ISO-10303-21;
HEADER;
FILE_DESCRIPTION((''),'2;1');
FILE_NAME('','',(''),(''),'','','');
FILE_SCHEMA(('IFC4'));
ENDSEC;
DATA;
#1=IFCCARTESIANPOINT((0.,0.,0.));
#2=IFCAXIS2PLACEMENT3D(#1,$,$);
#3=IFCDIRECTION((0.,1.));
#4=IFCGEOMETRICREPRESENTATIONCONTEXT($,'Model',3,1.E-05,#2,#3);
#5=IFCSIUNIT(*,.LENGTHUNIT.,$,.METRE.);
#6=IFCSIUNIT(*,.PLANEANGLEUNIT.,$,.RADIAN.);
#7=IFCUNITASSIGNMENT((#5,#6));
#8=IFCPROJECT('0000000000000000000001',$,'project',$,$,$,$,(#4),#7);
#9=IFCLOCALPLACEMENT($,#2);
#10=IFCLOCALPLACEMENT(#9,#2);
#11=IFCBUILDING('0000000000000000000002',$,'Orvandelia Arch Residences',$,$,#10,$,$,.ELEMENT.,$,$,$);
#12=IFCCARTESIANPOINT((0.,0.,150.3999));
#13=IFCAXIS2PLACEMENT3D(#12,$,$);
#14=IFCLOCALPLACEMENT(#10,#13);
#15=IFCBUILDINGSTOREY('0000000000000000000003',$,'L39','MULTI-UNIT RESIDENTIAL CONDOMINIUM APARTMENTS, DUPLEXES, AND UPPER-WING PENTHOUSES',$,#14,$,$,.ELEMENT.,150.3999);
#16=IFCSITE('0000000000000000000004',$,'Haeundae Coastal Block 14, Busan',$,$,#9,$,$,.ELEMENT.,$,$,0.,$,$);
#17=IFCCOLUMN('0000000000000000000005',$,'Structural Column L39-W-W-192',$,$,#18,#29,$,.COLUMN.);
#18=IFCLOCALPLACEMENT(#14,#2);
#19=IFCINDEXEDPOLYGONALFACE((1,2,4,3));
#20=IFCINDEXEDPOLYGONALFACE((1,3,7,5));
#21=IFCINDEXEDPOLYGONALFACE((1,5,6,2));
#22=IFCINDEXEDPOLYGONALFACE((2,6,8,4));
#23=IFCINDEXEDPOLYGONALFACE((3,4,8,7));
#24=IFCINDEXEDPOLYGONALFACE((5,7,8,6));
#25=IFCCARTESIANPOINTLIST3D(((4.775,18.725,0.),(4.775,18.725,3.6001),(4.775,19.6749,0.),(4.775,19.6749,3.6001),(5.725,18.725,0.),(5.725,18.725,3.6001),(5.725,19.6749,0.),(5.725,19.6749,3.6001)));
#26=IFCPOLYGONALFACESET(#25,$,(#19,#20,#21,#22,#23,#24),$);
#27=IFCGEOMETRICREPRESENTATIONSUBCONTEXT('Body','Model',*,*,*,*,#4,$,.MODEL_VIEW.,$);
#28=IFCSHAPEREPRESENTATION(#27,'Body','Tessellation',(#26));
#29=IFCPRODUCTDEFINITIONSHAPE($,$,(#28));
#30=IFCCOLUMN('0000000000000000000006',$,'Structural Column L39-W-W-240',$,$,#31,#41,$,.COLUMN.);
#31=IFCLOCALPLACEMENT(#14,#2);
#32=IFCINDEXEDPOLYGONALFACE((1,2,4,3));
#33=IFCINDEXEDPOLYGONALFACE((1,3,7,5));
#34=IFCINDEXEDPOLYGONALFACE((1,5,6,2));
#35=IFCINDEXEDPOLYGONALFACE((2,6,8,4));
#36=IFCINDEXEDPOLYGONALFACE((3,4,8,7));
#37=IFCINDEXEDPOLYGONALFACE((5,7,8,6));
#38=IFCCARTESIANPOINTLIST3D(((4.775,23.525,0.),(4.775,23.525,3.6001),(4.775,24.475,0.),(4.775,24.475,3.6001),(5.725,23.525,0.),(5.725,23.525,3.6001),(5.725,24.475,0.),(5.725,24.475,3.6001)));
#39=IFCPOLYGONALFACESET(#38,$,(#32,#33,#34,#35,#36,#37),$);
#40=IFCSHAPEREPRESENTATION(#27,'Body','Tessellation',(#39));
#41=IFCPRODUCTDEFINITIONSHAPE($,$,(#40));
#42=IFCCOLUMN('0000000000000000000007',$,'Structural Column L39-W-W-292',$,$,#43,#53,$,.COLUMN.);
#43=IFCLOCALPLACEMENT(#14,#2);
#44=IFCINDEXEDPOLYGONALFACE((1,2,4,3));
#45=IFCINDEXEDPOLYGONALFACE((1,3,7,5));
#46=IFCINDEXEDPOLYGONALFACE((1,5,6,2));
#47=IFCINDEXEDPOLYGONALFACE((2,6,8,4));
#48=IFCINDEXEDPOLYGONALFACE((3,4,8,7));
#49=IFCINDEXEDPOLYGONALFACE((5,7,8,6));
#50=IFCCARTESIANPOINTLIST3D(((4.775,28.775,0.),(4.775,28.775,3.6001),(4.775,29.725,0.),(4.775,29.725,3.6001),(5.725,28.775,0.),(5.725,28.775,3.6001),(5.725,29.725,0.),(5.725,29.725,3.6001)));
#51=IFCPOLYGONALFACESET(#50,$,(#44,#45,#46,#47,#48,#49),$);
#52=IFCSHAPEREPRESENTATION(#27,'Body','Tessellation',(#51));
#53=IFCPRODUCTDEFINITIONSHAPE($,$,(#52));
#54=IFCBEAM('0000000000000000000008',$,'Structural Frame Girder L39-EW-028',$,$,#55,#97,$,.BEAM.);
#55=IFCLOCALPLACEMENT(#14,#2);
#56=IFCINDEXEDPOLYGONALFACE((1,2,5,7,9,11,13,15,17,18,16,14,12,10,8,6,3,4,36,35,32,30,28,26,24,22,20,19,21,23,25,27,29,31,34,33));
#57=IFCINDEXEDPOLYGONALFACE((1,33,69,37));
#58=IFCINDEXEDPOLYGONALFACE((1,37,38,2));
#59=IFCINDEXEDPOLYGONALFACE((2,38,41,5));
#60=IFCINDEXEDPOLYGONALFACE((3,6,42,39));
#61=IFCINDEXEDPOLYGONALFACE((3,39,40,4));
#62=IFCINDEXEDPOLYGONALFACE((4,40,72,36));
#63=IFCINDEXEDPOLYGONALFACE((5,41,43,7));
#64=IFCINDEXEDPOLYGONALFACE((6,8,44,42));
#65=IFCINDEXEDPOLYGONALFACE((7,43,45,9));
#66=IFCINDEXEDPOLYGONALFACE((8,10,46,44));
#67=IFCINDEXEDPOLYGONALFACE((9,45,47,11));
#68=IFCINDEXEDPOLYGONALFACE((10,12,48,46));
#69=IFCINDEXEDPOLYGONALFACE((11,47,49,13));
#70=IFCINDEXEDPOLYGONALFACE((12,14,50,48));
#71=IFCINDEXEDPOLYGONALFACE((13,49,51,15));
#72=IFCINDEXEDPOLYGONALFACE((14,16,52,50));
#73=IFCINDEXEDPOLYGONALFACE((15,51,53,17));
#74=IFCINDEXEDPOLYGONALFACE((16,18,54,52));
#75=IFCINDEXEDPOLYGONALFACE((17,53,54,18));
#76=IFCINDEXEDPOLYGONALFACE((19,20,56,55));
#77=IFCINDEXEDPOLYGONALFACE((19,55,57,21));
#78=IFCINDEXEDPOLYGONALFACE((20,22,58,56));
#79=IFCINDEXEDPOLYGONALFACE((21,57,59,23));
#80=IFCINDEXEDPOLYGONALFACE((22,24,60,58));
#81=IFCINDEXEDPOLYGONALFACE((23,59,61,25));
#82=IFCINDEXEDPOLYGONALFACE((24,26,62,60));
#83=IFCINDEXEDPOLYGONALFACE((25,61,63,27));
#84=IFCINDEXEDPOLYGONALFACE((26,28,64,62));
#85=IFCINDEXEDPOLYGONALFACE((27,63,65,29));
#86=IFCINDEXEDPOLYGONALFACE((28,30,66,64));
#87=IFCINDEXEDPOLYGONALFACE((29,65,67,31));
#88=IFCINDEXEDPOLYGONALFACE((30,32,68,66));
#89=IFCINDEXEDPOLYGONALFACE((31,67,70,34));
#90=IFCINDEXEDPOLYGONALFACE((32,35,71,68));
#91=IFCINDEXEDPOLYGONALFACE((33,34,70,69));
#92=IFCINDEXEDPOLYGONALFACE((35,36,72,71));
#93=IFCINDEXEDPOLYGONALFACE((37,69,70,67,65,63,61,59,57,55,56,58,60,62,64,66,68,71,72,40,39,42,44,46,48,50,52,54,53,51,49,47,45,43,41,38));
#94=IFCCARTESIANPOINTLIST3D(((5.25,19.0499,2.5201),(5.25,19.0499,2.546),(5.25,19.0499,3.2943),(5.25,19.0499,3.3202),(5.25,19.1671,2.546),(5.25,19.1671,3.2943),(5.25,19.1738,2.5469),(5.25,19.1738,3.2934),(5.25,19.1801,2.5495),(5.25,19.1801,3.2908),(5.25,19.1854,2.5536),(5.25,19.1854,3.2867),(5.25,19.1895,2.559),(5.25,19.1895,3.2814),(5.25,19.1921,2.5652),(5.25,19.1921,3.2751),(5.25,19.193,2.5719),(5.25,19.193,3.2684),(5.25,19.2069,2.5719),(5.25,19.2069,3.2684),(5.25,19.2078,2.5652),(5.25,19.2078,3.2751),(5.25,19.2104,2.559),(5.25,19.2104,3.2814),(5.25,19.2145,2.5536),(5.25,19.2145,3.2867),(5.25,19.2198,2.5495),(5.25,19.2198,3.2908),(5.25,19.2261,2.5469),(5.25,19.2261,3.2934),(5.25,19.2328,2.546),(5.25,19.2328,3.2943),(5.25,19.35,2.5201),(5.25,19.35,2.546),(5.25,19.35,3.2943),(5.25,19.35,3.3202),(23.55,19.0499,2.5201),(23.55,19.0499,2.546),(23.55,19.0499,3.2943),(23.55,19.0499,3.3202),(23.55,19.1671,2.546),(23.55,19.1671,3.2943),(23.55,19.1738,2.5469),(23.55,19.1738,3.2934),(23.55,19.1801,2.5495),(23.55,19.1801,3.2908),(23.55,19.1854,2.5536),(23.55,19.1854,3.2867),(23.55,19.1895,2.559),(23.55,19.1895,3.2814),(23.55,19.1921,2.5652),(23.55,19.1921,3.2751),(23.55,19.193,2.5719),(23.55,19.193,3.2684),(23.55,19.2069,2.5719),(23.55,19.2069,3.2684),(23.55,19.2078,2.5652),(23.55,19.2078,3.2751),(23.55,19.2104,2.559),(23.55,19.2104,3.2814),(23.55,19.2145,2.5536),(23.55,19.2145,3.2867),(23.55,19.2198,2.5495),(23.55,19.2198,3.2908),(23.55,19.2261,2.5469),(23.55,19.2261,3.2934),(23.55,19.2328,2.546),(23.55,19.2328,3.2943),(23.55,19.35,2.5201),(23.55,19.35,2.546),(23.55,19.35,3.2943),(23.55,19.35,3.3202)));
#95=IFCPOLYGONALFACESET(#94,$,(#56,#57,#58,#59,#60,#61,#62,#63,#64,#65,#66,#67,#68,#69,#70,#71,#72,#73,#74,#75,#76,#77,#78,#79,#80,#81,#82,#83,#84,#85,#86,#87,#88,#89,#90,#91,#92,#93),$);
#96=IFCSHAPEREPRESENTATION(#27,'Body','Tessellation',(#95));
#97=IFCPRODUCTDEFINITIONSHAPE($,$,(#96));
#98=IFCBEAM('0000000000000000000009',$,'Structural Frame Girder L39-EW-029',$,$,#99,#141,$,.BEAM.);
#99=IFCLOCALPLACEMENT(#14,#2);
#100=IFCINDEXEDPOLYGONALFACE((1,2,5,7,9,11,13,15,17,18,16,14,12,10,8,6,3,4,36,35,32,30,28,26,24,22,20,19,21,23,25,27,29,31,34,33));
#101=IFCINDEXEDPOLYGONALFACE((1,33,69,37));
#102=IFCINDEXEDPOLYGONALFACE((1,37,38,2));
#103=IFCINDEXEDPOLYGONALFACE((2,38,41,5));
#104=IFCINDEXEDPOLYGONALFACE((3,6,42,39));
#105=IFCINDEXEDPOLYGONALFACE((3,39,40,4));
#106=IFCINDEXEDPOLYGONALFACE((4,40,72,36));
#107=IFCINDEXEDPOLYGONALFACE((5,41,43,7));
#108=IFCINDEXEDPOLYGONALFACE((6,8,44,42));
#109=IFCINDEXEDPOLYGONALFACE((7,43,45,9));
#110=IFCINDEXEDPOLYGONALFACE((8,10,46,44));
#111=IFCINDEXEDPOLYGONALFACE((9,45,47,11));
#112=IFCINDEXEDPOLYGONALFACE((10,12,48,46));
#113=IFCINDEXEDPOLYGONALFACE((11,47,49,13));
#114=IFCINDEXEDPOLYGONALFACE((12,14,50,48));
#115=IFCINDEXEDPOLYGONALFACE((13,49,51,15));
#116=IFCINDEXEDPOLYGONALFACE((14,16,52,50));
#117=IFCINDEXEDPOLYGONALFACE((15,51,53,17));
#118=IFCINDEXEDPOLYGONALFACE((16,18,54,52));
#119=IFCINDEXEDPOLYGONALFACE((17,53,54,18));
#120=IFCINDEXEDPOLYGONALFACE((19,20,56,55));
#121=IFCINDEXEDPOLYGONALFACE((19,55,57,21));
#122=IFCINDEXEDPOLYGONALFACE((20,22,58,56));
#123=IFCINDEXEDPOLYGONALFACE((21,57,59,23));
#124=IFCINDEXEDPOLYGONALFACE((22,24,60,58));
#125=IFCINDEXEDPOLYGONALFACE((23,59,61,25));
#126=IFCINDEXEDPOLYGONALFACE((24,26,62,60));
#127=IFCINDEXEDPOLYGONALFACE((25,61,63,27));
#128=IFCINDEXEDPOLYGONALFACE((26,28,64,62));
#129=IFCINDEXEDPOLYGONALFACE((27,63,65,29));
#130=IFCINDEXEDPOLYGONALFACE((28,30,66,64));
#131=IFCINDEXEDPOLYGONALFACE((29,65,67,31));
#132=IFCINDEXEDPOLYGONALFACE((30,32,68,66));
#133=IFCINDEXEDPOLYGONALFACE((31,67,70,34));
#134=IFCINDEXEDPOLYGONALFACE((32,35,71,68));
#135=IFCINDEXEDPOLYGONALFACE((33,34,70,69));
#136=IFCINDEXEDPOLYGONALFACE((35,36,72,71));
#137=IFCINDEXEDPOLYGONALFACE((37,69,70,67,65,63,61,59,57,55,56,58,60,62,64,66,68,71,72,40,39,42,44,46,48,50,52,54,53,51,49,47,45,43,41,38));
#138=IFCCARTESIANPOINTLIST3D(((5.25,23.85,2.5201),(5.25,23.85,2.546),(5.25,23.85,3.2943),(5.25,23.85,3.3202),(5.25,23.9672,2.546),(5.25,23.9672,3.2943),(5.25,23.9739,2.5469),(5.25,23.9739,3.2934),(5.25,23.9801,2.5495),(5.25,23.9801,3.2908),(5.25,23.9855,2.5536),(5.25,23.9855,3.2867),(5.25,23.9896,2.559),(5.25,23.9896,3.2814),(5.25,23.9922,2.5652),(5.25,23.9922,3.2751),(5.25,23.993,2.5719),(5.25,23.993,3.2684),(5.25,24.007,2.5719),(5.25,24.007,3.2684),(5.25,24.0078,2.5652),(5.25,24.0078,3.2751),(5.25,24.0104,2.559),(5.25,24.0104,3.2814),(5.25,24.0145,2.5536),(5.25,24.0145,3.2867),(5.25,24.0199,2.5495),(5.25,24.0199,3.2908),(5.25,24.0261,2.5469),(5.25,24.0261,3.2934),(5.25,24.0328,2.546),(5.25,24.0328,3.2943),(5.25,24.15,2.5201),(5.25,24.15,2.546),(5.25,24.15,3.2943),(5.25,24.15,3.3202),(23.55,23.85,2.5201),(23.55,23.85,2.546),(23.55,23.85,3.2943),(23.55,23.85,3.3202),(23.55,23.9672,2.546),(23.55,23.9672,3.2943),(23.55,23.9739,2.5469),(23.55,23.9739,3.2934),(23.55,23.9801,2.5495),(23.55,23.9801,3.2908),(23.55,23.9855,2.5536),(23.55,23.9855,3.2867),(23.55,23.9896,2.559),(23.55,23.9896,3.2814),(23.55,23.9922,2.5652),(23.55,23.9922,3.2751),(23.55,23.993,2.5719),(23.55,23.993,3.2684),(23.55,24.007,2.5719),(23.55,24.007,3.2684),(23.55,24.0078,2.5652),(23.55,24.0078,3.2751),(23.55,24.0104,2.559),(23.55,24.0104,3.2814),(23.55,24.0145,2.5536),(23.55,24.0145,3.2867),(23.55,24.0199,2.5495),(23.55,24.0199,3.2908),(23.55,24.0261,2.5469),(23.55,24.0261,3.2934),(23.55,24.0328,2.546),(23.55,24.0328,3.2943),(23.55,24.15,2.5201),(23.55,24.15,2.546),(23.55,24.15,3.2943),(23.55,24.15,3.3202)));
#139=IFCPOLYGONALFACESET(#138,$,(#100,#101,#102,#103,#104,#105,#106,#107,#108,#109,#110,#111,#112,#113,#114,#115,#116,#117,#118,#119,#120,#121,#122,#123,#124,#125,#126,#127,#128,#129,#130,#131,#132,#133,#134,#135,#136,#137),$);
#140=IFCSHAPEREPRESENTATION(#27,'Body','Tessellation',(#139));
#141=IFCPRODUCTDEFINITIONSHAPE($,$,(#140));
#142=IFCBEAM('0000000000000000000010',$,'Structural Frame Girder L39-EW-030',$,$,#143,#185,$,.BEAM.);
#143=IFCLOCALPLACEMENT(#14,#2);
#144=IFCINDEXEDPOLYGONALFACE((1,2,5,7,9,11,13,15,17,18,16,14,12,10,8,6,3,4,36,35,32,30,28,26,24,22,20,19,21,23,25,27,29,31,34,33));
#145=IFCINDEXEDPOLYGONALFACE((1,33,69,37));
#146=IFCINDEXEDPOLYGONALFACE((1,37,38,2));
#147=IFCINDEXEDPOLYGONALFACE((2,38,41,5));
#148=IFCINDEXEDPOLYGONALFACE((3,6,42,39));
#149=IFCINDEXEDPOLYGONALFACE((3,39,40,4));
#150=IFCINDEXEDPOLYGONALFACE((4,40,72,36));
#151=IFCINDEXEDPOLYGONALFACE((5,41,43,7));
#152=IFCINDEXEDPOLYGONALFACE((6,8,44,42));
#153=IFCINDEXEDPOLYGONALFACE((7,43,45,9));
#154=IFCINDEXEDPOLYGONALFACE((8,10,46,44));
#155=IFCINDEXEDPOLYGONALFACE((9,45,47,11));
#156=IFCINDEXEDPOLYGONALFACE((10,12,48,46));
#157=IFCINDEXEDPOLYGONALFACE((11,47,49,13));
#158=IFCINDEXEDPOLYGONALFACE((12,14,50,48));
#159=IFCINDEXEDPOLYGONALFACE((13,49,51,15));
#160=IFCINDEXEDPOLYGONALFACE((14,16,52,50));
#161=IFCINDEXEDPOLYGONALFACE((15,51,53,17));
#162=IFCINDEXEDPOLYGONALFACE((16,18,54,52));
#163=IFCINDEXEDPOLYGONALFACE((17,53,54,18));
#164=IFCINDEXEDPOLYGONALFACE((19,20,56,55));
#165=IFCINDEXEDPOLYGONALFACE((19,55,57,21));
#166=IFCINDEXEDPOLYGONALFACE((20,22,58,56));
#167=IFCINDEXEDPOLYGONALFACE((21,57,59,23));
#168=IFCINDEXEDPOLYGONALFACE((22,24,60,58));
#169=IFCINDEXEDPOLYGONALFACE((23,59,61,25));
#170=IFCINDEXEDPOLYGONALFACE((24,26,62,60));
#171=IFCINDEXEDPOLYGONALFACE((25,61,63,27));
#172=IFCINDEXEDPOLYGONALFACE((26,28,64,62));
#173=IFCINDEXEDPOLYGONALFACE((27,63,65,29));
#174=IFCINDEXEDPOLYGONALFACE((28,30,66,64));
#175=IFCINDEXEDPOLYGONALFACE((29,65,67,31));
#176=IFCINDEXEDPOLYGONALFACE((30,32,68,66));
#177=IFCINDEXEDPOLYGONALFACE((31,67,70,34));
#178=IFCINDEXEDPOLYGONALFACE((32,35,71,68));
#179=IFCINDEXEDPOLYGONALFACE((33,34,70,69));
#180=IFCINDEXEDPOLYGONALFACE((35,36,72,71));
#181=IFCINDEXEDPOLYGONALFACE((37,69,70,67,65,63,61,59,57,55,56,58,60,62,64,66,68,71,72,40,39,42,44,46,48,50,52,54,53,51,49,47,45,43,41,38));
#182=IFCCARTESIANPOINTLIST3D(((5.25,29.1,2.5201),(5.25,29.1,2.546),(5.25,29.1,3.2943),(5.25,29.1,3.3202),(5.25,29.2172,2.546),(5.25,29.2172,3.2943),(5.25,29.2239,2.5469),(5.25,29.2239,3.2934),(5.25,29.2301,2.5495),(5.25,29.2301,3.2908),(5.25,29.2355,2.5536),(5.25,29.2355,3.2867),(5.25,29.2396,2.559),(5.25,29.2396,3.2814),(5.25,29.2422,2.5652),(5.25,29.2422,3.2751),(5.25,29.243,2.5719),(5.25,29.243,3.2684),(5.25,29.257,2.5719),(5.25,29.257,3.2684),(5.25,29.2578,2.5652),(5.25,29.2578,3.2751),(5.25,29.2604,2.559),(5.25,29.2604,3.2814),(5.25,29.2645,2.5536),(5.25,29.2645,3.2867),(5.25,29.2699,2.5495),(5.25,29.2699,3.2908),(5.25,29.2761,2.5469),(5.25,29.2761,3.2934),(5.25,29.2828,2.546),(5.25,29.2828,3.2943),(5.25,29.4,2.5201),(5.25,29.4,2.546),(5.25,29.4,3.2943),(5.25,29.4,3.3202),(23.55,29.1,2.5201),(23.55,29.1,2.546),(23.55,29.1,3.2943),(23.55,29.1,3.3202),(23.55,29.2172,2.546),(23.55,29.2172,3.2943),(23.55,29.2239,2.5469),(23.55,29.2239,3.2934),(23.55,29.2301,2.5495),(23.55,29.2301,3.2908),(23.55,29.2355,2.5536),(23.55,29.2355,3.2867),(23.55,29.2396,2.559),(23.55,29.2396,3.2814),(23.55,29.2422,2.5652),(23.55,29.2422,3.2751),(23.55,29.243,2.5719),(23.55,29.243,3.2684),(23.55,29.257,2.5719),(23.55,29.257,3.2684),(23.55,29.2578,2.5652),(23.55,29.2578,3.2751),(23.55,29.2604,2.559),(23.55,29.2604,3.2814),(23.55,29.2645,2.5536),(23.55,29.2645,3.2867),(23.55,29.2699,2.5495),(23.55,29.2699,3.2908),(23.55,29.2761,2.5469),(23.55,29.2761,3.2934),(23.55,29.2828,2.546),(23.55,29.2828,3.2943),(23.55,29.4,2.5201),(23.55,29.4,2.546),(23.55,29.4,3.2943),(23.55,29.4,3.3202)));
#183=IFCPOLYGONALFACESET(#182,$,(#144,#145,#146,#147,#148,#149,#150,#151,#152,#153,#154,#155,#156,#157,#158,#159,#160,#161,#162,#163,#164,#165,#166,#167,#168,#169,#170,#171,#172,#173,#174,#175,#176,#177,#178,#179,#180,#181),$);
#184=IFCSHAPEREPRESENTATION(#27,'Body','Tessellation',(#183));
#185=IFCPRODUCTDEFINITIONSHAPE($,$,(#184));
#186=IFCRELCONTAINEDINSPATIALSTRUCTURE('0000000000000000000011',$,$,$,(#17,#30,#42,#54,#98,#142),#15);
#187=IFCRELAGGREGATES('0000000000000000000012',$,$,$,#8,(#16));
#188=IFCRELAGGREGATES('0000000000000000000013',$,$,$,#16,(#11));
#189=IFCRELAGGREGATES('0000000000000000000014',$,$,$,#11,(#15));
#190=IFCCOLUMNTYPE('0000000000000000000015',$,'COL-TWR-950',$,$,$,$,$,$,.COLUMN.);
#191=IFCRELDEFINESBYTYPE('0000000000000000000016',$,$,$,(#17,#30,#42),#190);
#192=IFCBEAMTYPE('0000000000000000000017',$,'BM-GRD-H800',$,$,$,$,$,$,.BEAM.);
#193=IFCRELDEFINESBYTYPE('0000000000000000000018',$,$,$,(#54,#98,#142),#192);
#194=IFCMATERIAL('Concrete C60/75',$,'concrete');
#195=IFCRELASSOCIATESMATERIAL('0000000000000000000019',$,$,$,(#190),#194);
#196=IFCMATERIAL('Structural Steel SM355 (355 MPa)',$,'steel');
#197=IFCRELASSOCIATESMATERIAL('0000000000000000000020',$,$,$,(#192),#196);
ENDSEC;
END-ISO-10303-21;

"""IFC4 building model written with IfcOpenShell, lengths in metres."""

from ifc_helpers import new_model, si_unit, direction, frame, origin, origin_2d, place, context, subcontext, project, spatial, rectangle, i_section, extrude, material, material_profile, profile_set, type_object, element, save


model = new_model("IFC4")

# Units and contexts
model_context = context("Model", 3, precision=1e-05, world=origin(), true_north=direction((0.0, 1.0)))
body_context = subcontext(model_context, "Body", "Model", "MODEL_VIEW")
ifc_project = project(units=[si_unit("LENGTHUNIT", "METRE"), si_unit("PLANEANGLEUNIT", "RADIAN")], contexts=[model_context])

# Site, building, storey
site_placement = place(None, origin())
site = spatial("IfcSite", under=ifc_project, at=site_placement, Name="Haeundae Coastal Block 14, Busan", CompositionType="ELEMENT", RefElevation=0.0)
building_placement = place(site_placement, origin())
building = spatial("IfcBuilding", under=site, at=building_placement, Name="Orvandelia Arch Residences", CompositionType="ELEMENT")
storey_placement = place(building_placement, frame((0.0, 0.0, 150.3999)))
storey = spatial("IfcBuildingStorey", under=building, at=storey_placement, Name="L39", Description="MULTI-UNIT RESIDENTIAL CONDOMINIUM APARTMENTS, DUPLEXES, AND UPPER-WING PENTHOUSES", CompositionType="ELEMENT", Elevation=150.3999)

# Columns
ifc_material_1 = material(Name="Concrete C60/75", Category="concrete")
ifc_material_profile_1 = material_profile(ifc_material_1, rectangle(XDim=0.95, YDim=0.95, at=origin_2d()), Name="Concrete C60/75", Category="concrete")
ifc_profile_set_1 = profile_set([ifc_material_profile_1], Name="Concrete C60/75")
column_type = type_object("IfcColumnType", Name="COL-TWR-950", PredefinedType="COLUMN", material=ifc_profile_set_1)
for number, where, z_axis, x_axis, name in (
    (1, (5.25, 19.2, 0.0), (0.0, 0.0, 1.0), (1.0, 0.0, 0.0), "Structural Column L39-W-W-192"),
    (2, (5.25, 24.0, 0.0), (0.0, 0.0, 1.0), (1.0, 0.0, 0.0), "Structural Column L39-W-W-240"),
    (3, (5.25, 29.25, 0.0), (0.0, 0.0, 1.0), (1.0, 0.0, 0.0), "Structural Column L39-W-W-292"),
):
    element("IfcColumn", number, at=place(storey_placement, frame(where, z_axis=z_axis, x_axis=x_axis)), inside=storey, type_object=column_type, Name=name, PredefinedType="COLUMN", context=body_context, shape_type="SweptSolid", body=[
        extrude(rectangle(XDim=0.95, YDim=0.95, at=origin_2d()), origin(), (0.0, 0.0, 1.0), 3.6001),
    ])

# Beams
ifc_material_2 = material(Name="Structural Steel SM355 (355 MPa)", Category="steel")
ifc_material_profile_2 = material_profile(ifc_material_2, i_section(OverallWidth=0.3, OverallDepth=0.8, WebThickness=0.0139, FlangeThickness=0.0259, FilletRadius=0.0259, at=origin_2d()), Name="Structural Steel SM355 (355 MPa)", Category="steel")
ifc_profile_set_2 = profile_set([ifc_material_profile_2], Name="Structural Steel SM355 (355 MPa)")
beam_type_1 = type_object("IfcBeamType", Name="BM-GRD-H800", PredefinedType="BEAM", material=ifc_profile_set_2)
for number, where, z_axis, x_axis, name in (
    (4, (5.25, 19.2, 2.9202), (1.0, 0.0, 0.0), (0.0, 1.0, 0.0), "Structural Frame Girder L39-EW-028"),
    (5, (5.25, 24.0, 2.9202), (1.0, 0.0, 0.0), (0.0, 1.0, 0.0), "Structural Frame Girder L39-EW-029"),
    (6, (5.25, 29.25, 2.9202), (1.0, 0.0, 0.0), (0.0, 1.0, 0.0), "Structural Frame Girder L39-EW-030"),
):
    element("IfcBeam", number, at=place(storey_placement, frame(where, z_axis=z_axis, x_axis=x_axis)), inside=storey, type_object=beam_type_1, Name=name, PredefinedType="BEAM", context=body_context, shape_type="SweptSolid", body=[
        extrude(i_section(OverallWidth=0.3, OverallDepth=0.8, WebThickness=0.0139, FlangeThickness=0.0259, FilletRadius=0.0259, at=origin_2d()), origin(), (0.0, 0.0, 1.0), 18.3),
    ])

save(model, "model.ifc")
